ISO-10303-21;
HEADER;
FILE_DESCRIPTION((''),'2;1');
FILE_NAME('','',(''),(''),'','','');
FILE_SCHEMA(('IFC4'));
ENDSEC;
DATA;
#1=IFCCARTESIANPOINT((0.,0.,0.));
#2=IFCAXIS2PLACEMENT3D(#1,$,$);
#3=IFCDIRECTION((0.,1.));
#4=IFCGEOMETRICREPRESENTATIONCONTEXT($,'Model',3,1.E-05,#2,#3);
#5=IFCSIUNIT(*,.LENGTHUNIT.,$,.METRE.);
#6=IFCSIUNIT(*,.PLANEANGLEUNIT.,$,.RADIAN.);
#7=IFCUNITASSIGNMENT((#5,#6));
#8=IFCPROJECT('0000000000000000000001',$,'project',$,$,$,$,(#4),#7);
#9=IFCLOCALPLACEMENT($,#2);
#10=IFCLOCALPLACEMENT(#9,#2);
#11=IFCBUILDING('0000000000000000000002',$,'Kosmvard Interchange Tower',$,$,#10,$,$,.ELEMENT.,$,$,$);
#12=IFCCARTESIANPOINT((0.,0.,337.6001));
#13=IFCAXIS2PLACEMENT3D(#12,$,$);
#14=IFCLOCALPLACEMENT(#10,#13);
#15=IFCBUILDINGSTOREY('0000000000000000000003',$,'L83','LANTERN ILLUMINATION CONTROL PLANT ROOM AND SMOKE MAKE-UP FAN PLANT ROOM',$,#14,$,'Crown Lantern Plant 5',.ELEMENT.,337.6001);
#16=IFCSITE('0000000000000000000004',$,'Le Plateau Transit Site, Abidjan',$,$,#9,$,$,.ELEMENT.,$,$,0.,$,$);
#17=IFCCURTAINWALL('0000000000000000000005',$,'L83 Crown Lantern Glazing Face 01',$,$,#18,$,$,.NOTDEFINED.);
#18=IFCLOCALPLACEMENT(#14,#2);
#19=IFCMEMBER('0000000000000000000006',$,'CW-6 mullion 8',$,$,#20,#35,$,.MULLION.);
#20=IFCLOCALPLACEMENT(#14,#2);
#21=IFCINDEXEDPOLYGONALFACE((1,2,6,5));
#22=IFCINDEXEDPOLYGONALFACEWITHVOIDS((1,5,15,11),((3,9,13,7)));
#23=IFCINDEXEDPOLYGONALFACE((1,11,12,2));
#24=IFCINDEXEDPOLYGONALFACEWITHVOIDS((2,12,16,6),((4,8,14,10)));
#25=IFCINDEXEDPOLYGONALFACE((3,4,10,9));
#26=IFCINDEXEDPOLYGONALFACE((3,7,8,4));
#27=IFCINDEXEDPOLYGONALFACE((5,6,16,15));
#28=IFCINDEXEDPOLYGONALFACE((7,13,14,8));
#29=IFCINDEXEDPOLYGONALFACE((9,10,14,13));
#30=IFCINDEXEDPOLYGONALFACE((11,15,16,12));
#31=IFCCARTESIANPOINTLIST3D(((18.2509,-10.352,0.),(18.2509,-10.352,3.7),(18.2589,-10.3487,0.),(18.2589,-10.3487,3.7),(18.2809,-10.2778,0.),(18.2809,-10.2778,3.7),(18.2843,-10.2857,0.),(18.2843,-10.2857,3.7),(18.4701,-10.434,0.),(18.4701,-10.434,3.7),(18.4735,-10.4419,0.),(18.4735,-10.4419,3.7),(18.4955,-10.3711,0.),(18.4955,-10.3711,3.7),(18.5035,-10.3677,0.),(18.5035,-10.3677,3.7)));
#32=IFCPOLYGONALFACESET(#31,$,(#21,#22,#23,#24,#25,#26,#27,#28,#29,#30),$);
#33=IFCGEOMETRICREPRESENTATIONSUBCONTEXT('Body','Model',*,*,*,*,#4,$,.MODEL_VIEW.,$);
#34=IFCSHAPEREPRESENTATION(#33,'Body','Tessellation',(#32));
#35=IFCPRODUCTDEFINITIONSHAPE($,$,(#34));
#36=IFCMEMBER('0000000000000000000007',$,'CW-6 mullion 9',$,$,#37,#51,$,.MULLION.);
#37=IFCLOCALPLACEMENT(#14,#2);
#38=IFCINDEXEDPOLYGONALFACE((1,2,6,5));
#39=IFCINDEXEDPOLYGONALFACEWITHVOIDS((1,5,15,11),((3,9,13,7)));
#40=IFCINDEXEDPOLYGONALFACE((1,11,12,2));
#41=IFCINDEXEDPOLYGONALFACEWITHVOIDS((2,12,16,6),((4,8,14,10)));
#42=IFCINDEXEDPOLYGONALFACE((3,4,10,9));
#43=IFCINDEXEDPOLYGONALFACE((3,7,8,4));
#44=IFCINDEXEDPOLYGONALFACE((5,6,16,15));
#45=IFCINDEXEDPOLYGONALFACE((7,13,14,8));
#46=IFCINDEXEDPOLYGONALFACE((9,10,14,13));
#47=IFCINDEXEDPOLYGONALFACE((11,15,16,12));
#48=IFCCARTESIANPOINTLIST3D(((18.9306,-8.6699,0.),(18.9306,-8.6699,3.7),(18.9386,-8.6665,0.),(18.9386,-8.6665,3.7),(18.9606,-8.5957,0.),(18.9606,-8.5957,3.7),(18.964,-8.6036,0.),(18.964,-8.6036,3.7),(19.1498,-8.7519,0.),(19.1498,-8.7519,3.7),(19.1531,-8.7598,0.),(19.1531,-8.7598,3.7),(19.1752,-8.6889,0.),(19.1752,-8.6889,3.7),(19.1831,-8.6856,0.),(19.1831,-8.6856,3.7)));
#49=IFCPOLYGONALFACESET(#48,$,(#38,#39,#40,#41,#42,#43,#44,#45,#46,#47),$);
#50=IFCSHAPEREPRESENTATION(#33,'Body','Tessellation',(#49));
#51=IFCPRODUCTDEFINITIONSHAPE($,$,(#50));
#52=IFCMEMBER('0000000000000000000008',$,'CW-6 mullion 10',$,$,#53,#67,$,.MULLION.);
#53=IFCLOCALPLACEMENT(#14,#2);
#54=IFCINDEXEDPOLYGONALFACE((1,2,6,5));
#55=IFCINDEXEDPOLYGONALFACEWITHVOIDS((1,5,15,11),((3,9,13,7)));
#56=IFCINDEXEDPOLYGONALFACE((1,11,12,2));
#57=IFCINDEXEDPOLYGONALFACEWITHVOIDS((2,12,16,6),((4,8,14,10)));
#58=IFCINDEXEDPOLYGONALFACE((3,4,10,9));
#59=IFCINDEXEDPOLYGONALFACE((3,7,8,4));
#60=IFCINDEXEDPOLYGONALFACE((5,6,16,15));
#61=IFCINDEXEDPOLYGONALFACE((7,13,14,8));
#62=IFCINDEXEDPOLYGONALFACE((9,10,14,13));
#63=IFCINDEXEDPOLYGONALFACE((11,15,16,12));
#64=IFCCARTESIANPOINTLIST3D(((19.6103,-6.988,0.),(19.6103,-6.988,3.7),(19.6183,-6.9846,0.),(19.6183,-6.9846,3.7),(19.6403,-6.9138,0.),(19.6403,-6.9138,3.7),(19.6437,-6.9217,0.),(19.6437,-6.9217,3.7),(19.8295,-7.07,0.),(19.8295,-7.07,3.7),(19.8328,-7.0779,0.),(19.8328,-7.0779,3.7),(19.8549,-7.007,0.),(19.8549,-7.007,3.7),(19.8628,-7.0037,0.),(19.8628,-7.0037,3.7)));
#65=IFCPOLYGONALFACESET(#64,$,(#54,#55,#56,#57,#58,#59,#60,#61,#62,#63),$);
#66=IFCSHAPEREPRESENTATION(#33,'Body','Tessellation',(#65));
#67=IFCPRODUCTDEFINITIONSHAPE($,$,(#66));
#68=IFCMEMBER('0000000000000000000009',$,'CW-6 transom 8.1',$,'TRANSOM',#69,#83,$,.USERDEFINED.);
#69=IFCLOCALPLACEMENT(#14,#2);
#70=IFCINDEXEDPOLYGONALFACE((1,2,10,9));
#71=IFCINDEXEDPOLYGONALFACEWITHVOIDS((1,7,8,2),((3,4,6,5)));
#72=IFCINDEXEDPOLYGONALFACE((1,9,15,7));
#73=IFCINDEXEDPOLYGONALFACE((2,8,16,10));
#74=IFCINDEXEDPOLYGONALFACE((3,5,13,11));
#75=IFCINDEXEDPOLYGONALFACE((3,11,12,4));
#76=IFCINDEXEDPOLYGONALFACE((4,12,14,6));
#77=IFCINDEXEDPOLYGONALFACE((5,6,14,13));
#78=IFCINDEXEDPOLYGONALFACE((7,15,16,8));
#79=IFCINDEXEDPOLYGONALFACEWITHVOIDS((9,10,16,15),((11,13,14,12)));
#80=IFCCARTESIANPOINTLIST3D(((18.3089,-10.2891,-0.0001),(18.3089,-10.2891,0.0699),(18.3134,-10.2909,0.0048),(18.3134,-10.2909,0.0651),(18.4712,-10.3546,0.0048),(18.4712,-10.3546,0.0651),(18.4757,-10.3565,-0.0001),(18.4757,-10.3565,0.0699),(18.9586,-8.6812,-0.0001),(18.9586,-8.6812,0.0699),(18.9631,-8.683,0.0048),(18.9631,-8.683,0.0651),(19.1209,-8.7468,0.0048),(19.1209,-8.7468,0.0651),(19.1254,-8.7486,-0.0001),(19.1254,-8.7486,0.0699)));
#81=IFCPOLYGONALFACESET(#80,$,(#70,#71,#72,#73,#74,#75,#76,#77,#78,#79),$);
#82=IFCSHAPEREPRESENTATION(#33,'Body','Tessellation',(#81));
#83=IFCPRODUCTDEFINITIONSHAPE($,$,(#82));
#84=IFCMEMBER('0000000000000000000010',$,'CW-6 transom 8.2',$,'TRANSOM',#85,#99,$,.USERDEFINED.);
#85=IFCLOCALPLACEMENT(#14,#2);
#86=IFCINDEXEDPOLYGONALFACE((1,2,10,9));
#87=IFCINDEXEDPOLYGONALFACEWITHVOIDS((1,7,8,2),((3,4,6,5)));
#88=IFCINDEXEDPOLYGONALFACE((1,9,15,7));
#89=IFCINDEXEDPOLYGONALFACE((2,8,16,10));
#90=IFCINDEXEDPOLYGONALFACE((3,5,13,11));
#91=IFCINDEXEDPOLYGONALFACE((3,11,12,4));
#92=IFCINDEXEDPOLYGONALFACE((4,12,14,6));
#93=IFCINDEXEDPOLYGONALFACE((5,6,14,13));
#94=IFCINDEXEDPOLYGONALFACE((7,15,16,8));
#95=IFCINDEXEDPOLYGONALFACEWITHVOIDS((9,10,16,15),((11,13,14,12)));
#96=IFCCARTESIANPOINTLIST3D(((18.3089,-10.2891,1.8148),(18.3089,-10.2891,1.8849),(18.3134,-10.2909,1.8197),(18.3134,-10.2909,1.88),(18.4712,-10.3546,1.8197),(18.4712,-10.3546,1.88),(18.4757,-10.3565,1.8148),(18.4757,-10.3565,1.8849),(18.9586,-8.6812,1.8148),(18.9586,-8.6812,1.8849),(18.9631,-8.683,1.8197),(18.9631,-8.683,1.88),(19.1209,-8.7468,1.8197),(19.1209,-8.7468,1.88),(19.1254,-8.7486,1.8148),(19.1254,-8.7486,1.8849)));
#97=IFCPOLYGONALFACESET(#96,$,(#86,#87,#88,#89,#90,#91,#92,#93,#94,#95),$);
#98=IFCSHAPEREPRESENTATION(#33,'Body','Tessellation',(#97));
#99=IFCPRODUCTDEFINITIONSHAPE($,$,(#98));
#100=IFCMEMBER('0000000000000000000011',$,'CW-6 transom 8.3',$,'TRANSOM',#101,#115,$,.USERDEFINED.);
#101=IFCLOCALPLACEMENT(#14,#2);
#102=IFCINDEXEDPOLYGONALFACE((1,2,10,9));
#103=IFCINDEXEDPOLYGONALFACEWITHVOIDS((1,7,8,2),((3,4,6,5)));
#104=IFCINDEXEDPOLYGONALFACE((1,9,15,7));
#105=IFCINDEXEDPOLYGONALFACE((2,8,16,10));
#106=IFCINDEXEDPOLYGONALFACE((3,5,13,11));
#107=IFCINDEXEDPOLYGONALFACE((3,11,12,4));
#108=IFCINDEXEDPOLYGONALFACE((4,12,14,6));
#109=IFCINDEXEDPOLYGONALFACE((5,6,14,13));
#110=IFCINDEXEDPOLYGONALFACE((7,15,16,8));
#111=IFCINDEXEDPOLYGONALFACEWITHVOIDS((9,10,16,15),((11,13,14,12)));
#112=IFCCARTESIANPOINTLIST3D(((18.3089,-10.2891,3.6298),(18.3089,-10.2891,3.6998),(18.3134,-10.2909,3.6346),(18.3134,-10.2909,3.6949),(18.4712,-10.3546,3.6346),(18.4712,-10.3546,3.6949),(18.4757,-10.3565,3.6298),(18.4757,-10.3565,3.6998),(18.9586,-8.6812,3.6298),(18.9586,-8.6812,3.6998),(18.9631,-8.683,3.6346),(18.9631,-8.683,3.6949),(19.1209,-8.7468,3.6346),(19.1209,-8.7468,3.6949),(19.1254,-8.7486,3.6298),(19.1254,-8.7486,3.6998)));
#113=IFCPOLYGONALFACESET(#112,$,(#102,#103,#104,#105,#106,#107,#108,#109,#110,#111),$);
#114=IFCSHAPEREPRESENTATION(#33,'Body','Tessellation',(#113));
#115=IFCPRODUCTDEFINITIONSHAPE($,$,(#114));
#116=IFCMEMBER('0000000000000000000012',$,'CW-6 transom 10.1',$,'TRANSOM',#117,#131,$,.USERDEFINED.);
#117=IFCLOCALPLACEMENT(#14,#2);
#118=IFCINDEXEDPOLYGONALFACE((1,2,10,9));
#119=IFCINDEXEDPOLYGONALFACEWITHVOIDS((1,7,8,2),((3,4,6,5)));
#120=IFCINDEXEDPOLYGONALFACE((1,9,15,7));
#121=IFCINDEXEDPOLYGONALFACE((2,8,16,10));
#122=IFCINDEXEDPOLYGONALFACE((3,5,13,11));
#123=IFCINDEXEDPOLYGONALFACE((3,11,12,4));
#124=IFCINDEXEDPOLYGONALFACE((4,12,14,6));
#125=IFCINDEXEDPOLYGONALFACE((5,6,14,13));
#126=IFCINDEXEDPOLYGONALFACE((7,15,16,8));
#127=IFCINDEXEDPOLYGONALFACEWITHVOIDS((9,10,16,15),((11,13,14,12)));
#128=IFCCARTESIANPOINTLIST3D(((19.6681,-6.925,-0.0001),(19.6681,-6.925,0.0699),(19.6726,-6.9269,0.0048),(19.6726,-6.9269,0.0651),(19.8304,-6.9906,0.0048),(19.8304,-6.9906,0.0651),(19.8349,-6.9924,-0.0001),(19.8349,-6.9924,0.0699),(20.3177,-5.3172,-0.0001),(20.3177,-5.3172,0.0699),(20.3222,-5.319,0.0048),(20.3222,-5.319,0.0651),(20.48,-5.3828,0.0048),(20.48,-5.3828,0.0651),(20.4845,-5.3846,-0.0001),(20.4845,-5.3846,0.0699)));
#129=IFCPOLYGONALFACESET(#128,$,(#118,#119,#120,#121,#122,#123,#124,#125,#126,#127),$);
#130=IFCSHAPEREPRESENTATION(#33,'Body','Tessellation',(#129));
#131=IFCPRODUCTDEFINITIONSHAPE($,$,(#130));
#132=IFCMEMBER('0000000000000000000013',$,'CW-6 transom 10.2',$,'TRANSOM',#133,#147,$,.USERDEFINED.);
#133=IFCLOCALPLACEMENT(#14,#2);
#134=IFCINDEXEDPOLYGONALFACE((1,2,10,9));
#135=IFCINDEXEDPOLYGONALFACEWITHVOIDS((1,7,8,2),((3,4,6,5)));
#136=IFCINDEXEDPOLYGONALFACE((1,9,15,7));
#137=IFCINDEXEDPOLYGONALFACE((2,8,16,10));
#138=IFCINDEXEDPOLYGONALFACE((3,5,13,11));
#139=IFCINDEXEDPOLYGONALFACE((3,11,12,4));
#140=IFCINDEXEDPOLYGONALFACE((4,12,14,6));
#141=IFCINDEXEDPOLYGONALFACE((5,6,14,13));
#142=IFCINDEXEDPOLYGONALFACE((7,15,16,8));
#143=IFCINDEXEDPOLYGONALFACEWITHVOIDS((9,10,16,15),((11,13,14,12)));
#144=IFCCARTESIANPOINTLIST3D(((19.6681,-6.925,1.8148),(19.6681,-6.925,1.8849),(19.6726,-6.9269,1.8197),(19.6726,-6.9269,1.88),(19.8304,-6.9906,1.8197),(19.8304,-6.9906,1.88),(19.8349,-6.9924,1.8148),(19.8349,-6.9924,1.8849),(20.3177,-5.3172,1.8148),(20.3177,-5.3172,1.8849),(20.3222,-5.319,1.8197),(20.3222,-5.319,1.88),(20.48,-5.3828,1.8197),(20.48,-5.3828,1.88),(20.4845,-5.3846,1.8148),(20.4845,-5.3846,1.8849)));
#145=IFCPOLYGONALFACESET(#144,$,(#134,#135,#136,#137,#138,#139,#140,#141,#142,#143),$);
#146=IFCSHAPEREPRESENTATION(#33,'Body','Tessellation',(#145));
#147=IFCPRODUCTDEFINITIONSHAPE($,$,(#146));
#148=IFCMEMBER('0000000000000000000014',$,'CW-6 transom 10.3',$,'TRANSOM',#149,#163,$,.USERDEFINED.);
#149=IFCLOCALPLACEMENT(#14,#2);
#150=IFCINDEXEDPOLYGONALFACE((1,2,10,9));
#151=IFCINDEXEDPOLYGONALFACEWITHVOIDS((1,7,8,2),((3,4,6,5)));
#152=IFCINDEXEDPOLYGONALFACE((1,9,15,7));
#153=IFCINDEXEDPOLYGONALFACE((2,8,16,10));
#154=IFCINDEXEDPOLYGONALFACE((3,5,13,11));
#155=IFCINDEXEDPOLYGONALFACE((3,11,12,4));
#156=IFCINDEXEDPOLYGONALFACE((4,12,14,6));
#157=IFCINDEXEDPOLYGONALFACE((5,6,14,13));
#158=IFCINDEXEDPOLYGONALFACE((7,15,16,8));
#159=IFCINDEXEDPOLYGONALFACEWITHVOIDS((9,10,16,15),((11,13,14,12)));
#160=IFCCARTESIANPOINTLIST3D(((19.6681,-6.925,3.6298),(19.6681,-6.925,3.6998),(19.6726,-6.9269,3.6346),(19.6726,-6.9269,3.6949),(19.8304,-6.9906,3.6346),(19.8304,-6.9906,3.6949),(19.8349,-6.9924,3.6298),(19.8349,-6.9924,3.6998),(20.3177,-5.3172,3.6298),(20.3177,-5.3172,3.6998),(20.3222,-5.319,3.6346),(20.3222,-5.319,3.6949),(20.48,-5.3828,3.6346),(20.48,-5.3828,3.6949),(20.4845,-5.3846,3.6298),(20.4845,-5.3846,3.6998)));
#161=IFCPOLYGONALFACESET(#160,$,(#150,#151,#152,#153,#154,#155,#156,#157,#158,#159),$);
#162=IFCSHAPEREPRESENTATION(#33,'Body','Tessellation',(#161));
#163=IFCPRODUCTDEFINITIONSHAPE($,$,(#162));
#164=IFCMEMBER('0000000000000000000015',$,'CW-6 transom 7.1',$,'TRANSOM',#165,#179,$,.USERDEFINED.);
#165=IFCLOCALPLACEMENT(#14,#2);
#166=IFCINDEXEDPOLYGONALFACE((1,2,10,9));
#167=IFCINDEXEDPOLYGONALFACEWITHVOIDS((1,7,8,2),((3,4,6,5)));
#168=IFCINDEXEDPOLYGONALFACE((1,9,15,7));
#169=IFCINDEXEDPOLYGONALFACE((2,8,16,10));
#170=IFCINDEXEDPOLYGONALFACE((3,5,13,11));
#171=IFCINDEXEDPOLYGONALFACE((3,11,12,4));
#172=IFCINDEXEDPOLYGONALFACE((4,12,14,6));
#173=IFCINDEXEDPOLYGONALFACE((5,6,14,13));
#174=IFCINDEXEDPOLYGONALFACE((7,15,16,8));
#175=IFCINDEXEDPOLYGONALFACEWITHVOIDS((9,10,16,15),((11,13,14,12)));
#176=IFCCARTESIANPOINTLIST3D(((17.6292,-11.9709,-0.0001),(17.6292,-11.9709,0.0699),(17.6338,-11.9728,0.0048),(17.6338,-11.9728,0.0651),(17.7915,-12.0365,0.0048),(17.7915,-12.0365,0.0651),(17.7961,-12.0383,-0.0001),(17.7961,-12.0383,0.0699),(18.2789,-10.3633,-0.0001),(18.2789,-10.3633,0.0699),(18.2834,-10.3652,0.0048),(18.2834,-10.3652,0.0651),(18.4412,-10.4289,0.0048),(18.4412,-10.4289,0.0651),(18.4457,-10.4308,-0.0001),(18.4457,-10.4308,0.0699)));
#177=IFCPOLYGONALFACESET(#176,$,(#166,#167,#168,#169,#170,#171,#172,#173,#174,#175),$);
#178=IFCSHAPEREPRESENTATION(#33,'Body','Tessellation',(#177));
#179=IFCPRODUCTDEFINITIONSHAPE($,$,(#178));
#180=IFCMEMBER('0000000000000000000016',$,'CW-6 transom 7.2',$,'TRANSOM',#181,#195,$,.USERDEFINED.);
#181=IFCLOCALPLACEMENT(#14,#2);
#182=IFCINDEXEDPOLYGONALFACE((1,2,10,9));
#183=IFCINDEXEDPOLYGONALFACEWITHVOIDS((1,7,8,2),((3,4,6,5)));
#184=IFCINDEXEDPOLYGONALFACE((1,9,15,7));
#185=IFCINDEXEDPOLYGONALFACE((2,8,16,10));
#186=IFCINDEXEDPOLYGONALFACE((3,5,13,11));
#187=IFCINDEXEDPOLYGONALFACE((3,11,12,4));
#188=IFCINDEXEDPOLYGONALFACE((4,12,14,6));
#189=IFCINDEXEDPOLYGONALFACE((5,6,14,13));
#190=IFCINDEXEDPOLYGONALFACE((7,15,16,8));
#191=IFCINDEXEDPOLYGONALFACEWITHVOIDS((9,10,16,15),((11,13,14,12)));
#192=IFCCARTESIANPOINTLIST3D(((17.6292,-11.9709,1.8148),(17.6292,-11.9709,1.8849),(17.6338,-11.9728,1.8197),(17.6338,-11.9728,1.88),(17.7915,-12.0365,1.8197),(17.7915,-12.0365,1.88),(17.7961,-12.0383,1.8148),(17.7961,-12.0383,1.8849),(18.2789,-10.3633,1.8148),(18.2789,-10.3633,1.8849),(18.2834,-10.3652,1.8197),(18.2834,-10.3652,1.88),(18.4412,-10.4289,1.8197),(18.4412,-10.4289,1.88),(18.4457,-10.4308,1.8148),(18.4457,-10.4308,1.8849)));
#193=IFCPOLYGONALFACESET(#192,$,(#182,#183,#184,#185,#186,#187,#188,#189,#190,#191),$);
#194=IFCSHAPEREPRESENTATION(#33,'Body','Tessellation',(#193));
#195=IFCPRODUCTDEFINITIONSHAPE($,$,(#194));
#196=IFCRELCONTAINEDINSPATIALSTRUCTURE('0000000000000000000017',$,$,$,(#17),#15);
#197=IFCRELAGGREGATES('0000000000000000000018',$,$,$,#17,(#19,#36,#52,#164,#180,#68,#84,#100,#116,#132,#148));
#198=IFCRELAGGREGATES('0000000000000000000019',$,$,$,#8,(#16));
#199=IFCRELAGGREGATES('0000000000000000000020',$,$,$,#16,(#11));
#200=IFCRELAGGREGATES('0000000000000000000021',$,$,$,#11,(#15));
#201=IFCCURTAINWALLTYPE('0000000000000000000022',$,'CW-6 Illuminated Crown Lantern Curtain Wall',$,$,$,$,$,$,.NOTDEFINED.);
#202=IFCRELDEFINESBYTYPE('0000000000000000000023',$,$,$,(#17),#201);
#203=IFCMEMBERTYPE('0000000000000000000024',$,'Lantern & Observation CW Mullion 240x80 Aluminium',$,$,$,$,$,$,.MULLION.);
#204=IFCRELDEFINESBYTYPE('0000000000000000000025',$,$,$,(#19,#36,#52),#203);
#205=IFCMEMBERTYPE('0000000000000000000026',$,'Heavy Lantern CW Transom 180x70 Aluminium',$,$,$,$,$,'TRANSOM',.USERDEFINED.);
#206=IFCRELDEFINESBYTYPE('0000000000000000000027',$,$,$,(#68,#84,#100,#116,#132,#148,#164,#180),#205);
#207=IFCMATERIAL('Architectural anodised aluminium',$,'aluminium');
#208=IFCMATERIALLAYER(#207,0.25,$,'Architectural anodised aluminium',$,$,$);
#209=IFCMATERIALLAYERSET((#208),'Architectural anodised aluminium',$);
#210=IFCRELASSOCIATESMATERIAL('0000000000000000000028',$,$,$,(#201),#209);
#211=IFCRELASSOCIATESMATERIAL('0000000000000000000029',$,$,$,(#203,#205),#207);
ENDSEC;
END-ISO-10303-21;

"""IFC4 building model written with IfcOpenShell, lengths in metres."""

from ifc_helpers import new_model, si_unit, direction, frame, origin, origin_2d, place, context, subcontext, project, spatial, hollow_rectangle, extrude, source, transform, mapped, material, layer, layer_set, material_profile, profile_set, type_object, element, aggregate, save


model = new_model("IFC4")

# Units and contexts
model_context = context("Model", 3, precision=1e-05, world=origin(), true_north=direction((0.0, 1.0)))
body_context = subcontext(model_context, "Body", "Model", "MODEL_VIEW")
ifc_project = project(units=[si_unit("LENGTHUNIT", "METRE"), si_unit("PLANEANGLEUNIT", "RADIAN")], contexts=[model_context])

# Site, building, storey
site_placement = place(None, origin())
site = spatial("IfcSite", under=ifc_project, at=site_placement, Name="Le Plateau Transit Site, Abidjan", CompositionType="ELEMENT", RefElevation=0.0)
building_placement = place(site_placement, origin())
building = spatial("IfcBuilding", under=site, at=building_placement, Name="Kosmvard Interchange Tower", CompositionType="ELEMENT")
storey_placement = place(building_placement, frame((0.0, 0.0, 337.6001)))
storey = spatial("IfcBuildingStorey", under=building, at=storey_placement, Name="L83", Description="LANTERN ILLUMINATION CONTROL PLANT ROOM AND SMOKE MAKE-UP FAN PLANT ROOM", LongName="Crown Lantern Plant 5", CompositionType="ELEMENT", Elevation=337.6001)

# Curtain wall, members
ifc_material_1 = material(Name="Architectural anodised aluminium", Category="aluminium")
ifc_layer_1 = layer(ifc_material_1, 0.25, Name="Architectural anodised aluminium")
ifc_layer_set_1 = layer_set([ifc_layer_1], Name="Architectural anodised aluminium")
curtain_wall_type = type_object("IfcCurtainWallType", Name="CW-6 Illuminated Crown Lantern Curtain Wall", PredefinedType="NOTDEFINED", material=ifc_layer_set_1)
curtain_wall_placement = place(storey_placement, origin())
curtain_wall = element("IfcCurtainWall", 1, at=curtain_wall_placement, inside=storey, type_object=curtain_wall_type, Name="L83 Crown Lantern Glazing Face 01", PredefinedType="NOTDEFINED")
ifc_material_profile_1 = material_profile(ifc_material_1, hollow_rectangle(XDim=0.24, YDim=0.0801, WallThickness=0.0061, at=origin_2d()), Name="CWM 240x80x6")
ifc_profile_set_1 = profile_set([ifc_material_profile_1], Name="Architectural anodised aluminium")
member_type_1 = type_object("IfcMemberType", Name="Lantern & Observation CW Mullion 240x80 Aluminium", PredefinedType="MULLION", material=ifc_profile_set_1)
shared_shape_1 = source(origin(), body_context, "Body", "SweptSolid", [
    extrude(hollow_rectangle(XDim=0.24, YDim=0.0801, WallThickness=0.0061, at=origin_2d()), origin(), (0.0, 0.0, 1.0), 3.7),
])
member_1_placement = place(storey_placement, frame((18.3772, -10.3599, 0.0), z_axis=(0.0, 0.0, 1.0), x_axis=(-0.927184, 0.374607, 0.0)))
member_1 = element("IfcMember", 2, at=member_1_placement, type_object=member_type_1, Name="CW-6 mullion 8", PredefinedType="MULLION", context=body_context, shape_type="MappedRepresentation", body=[
    mapped(shared_shape_1, transform((0.0, 0.0, 0.0), scale=1.0)),
])
member_2_placement = place(storey_placement, frame((19.0569, -8.6777, 0.0), z_axis=(0.0, 0.0, 1.0), x_axis=(-0.927184, 0.374607, 0.0)))
member_2 = element("IfcMember", 3, at=member_2_placement, type_object=member_type_1, Name="CW-6 mullion 9", PredefinedType="MULLION", context=body_context, shape_type="MappedRepresentation", body=[
    mapped(shared_shape_1, transform((0.0, 0.0, 0.0), scale=1.0)),
])
member_3_placement = place(storey_placement, frame((19.7366, -6.9958, 0.0), z_axis=(0.0, 0.0, 1.0), x_axis=(-0.927184, 0.374607, 0.0)))
member_3 = element("IfcMember", 4, at=member_3_placement, type_object=member_type_1, Name="CW-6 mullion 10", PredefinedType="MULLION", context=body_context, shape_type="MappedRepresentation", body=[
    mapped(shared_shape_1, transform((0.0, 0.0, 0.0), scale=1.0)),
])
ifc_material_profile_2 = material_profile(ifc_material_1, hollow_rectangle(XDim=0.1799, YDim=0.0701, WallThickness=0.0049, at=origin_2d()), Name="CWT 180x70x5")
ifc_profile_set_2 = profile_set([ifc_material_profile_2], Name="Architectural anodised aluminium")
member_type_2 = type_object("IfcMemberType", Name="Heavy Lantern CW Transom 180x70 Aluminium", ElementType="TRANSOM", PredefinedType="USERDEFINED", material=ifc_profile_set_2)
shared_shape_2 = source(origin(), body_context, "Body", "SweptSolid", [
    extrude(hollow_rectangle(XDim=0.1799, YDim=0.0701, WallThickness=0.0049, at=origin_2d()), origin(), (0.0, 0.0, 1.0), 1.7341),
])
member_4_placement = place(storey_placement, frame((18.3923, -10.3228, 0.0349), z_axis=(0.374617, 0.92718, 0.0), x_axis=(-0.92718, 0.374617, 0.0)))
member_4 = element("IfcMember", 5, at=member_4_placement, type_object=member_type_2, Name="CW-6 transom 8.1", ObjectType="TRANSOM", PredefinedType="USERDEFINED", context=body_context, shape_type="MappedRepresentation", body=[
    mapped(shared_shape_2, transform((0.0, 0.0, 0.0), scale=1.0)),
])
member_5_placement = place(storey_placement, frame((18.3923, -10.3228, 1.8499), z_axis=(0.374617, 0.92718, 0.0), x_axis=(-0.92718, 0.374617, 0.0)))
member_5 = element("IfcMember", 6, at=member_5_placement, type_object=member_type_2, Name="CW-6 transom 8.2", ObjectType="TRANSOM", PredefinedType="USERDEFINED", context=body_context, shape_type="MappedRepresentation", body=[
    mapped(shared_shape_2, transform((0.0, 0.0, 0.0), scale=1.0)),
])
member_6_placement = place(storey_placement, frame((18.3923, -10.3228, 3.6648), z_axis=(0.374617, 0.92718, 0.0), x_axis=(-0.92718, 0.374617, 0.0)))
member_6 = element("IfcMember", 7, at=member_6_placement, type_object=member_type_2, Name="CW-6 transom 8.3", ObjectType="TRANSOM", PredefinedType="USERDEFINED", context=body_context, shape_type="MappedRepresentation", body=[
    mapped(shared_shape_2, transform((0.0, 0.0, 0.0), scale=1.0)),
])
member_7_placement = place(storey_placement, frame((19.7515, -6.9587, 0.0349), z_axis=(0.374617, 0.92718, 0.0), x_axis=(-0.92718, 0.374617, 0.0)))
member_7 = element("IfcMember", 8, at=member_7_placement, type_object=member_type_2, Name="CW-6 transom 10.1", ObjectType="TRANSOM", PredefinedType="USERDEFINED", context=body_context, shape_type="MappedRepresentation", body=[
    mapped(shared_shape_2, transform((0.0, 0.0, 0.0), scale=1.0)),
])
member_8_placement = place(storey_placement, frame((19.7515, -6.9587, 1.8499), z_axis=(0.374617, 0.92718, 0.0), x_axis=(-0.92718, 0.374617, 0.0)))
member_8 = element("IfcMember", 9, at=member_8_placement, type_object=member_type_2, Name="CW-6 transom 10.2", ObjectType="TRANSOM", PredefinedType="USERDEFINED", context=body_context, shape_type="MappedRepresentation", body=[
    mapped(shared_shape_2, transform((0.0, 0.0, 0.0), scale=1.0)),
])
member_9_placement = place(storey_placement, frame((19.7515, -6.9587, 3.6648), z_axis=(0.374617, 0.92718, 0.0), x_axis=(-0.92718, 0.374617, 0.0)))
member_9 = element("IfcMember", 10, at=member_9_placement, type_object=member_type_2, Name="CW-6 transom 10.3", ObjectType="TRANSOM", PredefinedType="USERDEFINED", context=body_context, shape_type="MappedRepresentation", body=[
    mapped(shared_shape_2, transform((0.0, 0.0, 0.0), scale=1.0)),
])
shared_shape_3 = source(origin(), body_context, "Body", "SweptSolid", [
    extrude(hollow_rectangle(XDim=0.1799, YDim=0.0701, WallThickness=0.0049, at=origin_2d()), origin(), (0.0, 0.0, 1.0), 1.7339),
])
member_10_placement = place(storey_placement, frame((17.7126, -12.0046, 0.0349), z_axis=(0.374666, 0.92716, 0.0), x_axis=(-0.92716, 0.374666, 0.0)))
member_10 = element("IfcMember", 11, at=member_10_placement, type_object=member_type_2, Name="CW-6 transom 7.1", ObjectType="TRANSOM", PredefinedType="USERDEFINED", context=body_context, shape_type="MappedRepresentation", body=[
    mapped(shared_shape_3, transform((0.0, 0.0, 0.0), scale=1.0)),
])
member_11_placement = place(storey_placement, frame((17.7126, -12.0046, 1.8499), z_axis=(0.374666, 0.92716, 0.0), x_axis=(-0.92716, 0.374666, 0.0)))
member_11 = element("IfcMember", 12, at=member_11_placement, type_object=member_type_2, Name="CW-6 transom 7.2", ObjectType="TRANSOM", PredefinedType="USERDEFINED", context=body_context, shape_type="MappedRepresentation", body=[
    mapped(shared_shape_3, transform((0.0, 0.0, 0.0), scale=1.0)),
])
aggregate(curtain_wall, [member_1, member_2, member_3, member_10, member_11, member_4, member_5, member_6, member_7, member_8, member_9])

save(model, "model.ifc")
